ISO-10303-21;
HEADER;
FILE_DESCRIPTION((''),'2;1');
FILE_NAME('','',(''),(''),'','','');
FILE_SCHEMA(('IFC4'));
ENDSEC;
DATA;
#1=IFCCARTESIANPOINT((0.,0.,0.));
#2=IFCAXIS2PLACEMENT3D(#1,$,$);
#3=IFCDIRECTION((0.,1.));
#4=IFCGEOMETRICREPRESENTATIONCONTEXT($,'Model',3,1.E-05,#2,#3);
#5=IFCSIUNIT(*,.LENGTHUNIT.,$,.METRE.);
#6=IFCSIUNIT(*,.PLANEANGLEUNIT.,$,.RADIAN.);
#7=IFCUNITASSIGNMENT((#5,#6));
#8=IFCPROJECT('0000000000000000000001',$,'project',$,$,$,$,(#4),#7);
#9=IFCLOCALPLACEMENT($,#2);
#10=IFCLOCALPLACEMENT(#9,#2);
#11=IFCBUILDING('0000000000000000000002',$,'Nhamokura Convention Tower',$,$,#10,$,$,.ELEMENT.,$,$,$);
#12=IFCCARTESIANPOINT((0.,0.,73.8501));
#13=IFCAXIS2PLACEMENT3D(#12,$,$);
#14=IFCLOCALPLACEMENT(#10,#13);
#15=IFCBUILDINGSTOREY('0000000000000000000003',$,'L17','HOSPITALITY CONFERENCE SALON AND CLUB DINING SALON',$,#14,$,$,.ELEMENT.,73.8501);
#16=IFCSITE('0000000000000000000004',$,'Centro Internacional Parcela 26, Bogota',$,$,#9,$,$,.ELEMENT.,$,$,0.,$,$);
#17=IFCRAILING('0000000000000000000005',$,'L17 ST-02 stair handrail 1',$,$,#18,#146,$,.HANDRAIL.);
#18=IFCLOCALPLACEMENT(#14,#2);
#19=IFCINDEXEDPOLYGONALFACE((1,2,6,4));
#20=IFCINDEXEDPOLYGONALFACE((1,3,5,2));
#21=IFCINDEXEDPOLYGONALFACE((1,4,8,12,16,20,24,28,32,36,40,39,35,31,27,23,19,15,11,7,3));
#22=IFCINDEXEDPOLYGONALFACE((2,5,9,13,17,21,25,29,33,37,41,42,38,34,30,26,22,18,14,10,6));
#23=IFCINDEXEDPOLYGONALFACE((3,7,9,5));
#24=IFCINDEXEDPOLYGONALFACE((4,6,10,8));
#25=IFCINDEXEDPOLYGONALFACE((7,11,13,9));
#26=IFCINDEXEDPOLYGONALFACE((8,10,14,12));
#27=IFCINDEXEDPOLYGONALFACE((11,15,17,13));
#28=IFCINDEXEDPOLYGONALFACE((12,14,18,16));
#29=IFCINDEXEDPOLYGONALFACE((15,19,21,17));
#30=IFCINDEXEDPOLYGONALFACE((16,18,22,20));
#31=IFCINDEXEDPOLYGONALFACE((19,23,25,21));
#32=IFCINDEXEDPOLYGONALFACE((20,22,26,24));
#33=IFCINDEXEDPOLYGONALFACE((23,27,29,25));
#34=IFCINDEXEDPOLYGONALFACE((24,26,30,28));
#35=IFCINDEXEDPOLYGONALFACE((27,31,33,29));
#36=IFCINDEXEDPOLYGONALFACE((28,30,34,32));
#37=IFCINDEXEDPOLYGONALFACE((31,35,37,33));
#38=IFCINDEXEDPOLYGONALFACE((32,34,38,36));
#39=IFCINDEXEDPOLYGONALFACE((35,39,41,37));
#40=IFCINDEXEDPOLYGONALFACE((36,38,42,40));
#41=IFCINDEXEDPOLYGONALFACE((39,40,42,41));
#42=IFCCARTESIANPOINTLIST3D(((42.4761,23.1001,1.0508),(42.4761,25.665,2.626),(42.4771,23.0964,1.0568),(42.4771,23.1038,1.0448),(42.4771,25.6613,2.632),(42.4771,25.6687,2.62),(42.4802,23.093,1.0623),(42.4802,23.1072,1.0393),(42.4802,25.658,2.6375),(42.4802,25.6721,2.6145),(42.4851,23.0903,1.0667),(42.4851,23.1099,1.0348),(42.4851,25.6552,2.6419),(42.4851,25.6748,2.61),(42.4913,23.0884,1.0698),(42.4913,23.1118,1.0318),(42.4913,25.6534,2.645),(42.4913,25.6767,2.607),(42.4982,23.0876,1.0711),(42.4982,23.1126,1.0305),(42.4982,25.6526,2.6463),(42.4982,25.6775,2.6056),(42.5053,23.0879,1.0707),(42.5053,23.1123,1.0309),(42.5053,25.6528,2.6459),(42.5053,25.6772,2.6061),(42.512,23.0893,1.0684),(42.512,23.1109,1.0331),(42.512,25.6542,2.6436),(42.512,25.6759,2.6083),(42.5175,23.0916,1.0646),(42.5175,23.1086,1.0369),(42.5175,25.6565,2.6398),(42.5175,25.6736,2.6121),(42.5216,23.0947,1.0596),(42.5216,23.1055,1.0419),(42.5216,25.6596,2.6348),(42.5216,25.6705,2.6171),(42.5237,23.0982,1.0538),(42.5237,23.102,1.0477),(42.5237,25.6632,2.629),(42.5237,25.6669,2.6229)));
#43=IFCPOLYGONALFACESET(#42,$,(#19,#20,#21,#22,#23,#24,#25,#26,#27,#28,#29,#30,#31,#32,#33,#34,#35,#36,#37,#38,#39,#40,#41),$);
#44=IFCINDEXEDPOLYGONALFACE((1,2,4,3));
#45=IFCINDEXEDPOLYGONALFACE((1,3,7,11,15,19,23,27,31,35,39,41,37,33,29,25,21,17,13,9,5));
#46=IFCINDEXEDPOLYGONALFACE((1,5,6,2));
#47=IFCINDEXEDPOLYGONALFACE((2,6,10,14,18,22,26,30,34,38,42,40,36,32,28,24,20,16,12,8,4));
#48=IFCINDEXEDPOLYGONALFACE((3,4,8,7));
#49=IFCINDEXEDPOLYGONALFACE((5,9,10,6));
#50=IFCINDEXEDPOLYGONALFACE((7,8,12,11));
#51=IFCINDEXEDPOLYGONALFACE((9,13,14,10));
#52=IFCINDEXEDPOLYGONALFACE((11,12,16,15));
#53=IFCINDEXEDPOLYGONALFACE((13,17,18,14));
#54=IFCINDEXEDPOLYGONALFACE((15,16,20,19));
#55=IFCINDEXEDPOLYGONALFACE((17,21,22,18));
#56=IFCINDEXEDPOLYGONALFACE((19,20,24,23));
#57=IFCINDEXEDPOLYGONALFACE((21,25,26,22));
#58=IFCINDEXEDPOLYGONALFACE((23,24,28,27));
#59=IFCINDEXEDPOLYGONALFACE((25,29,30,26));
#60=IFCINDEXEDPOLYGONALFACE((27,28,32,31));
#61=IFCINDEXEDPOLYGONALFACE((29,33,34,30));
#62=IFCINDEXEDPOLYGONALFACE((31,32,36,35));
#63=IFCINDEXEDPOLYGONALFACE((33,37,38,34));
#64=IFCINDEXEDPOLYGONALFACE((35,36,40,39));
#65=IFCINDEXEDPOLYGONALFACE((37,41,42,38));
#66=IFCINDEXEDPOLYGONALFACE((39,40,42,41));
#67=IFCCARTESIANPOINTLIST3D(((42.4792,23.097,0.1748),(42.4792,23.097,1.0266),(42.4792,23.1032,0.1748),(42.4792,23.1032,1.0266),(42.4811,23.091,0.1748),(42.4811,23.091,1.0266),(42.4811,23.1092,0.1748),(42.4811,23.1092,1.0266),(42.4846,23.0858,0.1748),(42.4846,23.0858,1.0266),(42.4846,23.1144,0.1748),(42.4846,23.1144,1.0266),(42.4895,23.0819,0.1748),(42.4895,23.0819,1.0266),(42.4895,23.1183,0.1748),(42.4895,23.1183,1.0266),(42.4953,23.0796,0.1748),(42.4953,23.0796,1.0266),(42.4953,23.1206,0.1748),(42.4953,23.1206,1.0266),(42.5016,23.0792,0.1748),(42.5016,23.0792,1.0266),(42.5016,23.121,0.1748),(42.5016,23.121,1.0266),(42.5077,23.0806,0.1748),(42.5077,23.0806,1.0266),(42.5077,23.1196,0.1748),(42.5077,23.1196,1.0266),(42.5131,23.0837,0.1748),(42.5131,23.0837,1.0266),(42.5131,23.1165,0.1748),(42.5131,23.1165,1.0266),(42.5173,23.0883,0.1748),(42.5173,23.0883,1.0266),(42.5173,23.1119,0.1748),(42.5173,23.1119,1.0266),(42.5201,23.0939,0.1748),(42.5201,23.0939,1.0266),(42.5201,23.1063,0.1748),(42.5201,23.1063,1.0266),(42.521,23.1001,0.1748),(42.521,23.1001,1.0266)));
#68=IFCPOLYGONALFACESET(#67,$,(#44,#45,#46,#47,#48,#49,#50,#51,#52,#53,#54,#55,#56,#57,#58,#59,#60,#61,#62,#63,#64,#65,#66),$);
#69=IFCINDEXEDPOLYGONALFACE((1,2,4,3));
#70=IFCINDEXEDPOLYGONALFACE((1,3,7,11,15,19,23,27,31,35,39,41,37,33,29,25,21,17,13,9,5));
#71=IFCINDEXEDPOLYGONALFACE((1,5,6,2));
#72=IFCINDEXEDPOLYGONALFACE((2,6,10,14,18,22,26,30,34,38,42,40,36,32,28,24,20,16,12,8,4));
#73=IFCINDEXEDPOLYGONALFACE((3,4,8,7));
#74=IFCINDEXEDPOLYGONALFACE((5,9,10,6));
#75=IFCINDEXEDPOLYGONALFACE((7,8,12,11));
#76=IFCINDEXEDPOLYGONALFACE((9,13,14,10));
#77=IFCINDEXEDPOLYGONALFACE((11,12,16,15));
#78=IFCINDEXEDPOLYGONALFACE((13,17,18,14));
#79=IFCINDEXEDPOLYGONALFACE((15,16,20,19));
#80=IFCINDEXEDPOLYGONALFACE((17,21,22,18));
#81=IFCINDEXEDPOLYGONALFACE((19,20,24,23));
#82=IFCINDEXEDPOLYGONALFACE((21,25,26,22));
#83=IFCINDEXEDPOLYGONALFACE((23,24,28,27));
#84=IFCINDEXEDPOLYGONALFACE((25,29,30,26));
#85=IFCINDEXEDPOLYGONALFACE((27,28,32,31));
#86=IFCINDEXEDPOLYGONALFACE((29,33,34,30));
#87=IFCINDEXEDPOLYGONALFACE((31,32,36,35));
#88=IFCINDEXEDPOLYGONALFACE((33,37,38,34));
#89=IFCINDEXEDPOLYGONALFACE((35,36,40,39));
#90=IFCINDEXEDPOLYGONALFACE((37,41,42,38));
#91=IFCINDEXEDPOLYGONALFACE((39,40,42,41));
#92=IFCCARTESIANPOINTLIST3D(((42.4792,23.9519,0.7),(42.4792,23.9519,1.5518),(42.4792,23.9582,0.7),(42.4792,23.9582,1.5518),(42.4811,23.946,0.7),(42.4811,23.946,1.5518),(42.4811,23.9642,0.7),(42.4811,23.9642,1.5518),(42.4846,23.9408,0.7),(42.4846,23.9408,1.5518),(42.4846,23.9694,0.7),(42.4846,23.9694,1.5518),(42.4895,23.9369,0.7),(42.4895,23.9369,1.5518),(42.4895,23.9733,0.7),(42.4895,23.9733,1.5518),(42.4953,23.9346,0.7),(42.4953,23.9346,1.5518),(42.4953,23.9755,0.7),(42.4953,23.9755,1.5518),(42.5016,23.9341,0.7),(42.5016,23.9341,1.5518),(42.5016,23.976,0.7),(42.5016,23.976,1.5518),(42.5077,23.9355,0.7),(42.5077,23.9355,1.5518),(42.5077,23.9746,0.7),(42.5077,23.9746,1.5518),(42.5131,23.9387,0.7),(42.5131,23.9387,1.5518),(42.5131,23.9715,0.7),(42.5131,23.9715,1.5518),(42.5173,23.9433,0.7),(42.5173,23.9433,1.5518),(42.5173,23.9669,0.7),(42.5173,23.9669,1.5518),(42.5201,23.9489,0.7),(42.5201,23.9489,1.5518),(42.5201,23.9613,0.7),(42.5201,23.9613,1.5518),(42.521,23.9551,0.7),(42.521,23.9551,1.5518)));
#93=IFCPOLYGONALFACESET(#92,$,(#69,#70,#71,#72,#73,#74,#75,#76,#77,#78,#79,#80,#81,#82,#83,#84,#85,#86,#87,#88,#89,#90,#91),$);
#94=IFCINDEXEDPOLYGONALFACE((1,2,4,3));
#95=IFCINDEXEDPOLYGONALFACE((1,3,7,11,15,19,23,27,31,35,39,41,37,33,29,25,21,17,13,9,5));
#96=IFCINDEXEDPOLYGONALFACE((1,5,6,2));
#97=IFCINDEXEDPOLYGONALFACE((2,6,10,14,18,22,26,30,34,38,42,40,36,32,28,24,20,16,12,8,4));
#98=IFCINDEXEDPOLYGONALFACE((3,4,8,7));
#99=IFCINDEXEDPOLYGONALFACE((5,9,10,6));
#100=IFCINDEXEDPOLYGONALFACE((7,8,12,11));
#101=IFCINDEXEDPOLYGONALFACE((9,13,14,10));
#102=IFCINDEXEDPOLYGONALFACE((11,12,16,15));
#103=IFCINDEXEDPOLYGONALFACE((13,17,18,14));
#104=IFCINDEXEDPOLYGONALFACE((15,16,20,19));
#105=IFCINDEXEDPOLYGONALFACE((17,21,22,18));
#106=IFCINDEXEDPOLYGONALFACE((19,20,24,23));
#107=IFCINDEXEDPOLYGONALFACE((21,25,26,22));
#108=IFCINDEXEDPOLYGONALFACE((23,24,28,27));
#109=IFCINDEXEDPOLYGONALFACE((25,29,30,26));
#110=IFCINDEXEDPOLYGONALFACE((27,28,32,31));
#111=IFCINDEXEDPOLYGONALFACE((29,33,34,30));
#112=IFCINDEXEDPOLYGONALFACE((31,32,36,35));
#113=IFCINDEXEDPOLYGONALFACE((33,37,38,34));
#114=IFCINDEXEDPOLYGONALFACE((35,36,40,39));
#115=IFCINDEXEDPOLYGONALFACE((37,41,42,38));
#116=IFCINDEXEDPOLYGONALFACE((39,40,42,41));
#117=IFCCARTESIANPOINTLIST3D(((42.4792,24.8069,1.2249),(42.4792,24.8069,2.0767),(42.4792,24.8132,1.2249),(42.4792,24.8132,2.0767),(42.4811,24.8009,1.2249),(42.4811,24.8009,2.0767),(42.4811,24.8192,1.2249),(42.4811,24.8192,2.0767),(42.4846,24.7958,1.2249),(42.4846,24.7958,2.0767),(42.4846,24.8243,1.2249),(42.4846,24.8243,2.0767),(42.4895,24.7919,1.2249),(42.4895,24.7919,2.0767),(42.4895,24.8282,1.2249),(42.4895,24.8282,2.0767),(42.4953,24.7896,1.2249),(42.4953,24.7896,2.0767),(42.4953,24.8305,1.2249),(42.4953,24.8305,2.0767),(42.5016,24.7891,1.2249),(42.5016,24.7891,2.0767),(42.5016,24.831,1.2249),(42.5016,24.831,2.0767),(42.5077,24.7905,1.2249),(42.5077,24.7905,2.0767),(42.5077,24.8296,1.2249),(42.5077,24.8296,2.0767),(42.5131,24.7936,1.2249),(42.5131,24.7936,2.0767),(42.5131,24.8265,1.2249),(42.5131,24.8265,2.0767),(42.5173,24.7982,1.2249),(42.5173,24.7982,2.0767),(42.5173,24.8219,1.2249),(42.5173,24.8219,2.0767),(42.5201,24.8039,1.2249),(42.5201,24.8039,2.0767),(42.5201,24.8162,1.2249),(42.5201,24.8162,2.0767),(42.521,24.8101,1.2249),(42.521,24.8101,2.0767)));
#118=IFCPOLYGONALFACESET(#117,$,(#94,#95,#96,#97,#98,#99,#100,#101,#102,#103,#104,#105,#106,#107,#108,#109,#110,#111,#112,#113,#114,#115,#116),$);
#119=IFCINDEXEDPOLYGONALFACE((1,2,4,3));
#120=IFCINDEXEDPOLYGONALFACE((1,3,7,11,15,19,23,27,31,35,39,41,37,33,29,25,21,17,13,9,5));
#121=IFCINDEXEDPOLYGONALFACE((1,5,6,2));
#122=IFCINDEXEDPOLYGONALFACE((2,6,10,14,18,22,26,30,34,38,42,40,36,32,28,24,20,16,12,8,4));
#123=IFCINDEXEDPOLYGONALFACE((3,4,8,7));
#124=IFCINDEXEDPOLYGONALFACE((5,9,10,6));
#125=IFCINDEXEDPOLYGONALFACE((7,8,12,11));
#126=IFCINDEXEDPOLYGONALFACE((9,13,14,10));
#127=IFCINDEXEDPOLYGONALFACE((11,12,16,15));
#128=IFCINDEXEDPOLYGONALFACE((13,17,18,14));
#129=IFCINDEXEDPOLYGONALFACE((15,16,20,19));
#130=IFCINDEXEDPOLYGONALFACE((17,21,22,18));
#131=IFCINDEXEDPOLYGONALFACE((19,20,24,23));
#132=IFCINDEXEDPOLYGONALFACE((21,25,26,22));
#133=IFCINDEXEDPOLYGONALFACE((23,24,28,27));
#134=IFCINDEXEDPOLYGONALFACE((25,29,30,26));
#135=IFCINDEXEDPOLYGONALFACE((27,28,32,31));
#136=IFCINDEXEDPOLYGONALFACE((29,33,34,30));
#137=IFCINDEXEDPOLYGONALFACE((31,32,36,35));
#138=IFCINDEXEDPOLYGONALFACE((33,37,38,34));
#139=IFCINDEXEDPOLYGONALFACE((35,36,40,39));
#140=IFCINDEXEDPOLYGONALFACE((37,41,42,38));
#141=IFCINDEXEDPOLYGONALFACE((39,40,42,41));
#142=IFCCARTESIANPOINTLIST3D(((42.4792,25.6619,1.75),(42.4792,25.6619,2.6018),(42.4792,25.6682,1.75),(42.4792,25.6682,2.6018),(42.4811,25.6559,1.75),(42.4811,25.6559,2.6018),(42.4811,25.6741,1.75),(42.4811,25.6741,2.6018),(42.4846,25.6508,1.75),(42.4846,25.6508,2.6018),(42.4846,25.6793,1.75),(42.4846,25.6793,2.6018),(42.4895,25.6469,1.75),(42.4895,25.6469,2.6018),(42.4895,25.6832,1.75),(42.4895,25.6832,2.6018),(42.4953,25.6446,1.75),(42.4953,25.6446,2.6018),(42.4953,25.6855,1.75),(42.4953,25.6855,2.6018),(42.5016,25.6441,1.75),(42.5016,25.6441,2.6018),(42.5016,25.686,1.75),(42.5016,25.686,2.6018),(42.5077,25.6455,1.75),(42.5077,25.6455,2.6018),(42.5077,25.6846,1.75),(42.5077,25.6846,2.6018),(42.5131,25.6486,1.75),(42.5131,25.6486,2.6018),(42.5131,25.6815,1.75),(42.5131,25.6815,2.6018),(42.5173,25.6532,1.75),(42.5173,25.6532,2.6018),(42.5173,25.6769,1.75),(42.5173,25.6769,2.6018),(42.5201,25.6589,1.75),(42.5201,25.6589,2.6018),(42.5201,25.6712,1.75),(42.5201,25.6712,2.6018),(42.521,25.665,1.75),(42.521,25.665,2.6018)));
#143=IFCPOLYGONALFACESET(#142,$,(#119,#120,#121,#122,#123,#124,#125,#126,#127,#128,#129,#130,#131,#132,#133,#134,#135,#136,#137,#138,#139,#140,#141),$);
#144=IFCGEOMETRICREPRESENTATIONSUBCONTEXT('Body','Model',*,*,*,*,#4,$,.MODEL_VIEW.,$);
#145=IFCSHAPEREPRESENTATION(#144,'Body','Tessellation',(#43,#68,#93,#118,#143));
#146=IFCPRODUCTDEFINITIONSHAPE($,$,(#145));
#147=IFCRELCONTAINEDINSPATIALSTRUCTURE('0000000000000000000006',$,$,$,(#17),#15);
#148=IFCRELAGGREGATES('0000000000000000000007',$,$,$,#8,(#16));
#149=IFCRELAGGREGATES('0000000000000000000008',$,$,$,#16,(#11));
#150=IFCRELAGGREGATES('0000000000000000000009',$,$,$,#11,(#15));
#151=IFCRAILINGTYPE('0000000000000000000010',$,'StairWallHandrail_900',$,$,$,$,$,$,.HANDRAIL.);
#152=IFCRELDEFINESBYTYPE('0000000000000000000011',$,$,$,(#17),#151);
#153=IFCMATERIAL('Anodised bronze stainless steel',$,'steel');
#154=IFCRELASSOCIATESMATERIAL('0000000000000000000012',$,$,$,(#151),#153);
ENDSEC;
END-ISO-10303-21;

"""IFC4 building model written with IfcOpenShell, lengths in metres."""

from ifc_helpers import new_model, si_unit, direction, frame, origin, origin_2d, place, context, subcontext, project, spatial, circle, extrude, material, type_object, element, save


model = new_model("IFC4")

# Units and contexts
model_context = context("Model", 3, precision=1e-05, world=origin(), true_north=direction((0.0, 1.0)))
body_context = subcontext(model_context, "Body", "Model", "MODEL_VIEW")
ifc_project = project(units=[si_unit("LENGTHUNIT", "METRE"), si_unit("PLANEANGLEUNIT", "RADIAN")], contexts=[model_context])

# Site, building, storey
site_placement = place(None, origin())
site = spatial("IfcSite", under=ifc_project, at=site_placement, Name="Centro Internacional Parcela 26, Bogota", CompositionType="ELEMENT", RefElevation=0.0)
building_placement = place(site_placement, origin())
building = spatial("IfcBuilding", under=site, at=building_placement, Name="Nhamokura Convention Tower", CompositionType="ELEMENT")
storey_placement = place(building_placement, frame((0.0, 0.0, 73.8501)))
storey = spatial("IfcBuildingStorey", under=building, at=storey_placement, Name="L17", Description="HOSPITALITY CONFERENCE SALON AND CLUB DINING SALON", CompositionType="ELEMENT", Elevation=73.8501)

# Railing
ifc_material_1 = material(Name="Anodised bronze stainless steel", Category="steel")
railing_type_1 = type_object("IfcRailingType", Name="StairWallHandrail_900", PredefinedType="HANDRAIL", material=ifc_material_1)
railing_1_placement = place(storey_placement, frame((42.5, 23.1001, 0.1748)))
element("IfcRailing", 1, at=railing_1_placement, inside=storey, type_object=railing_type_1, Name="L17 ST-02 stair handrail 1", PredefinedType="HANDRAIL", context=body_context, shape_type="SweptSolid", body=[
    extrude(circle(Radius=0.0239, at=origin_2d()), frame((0.0, 0.0, 0.876), z_axis=(0.0, 0.852137, 0.523319), x_axis=(-1.0, 0.0, 0.0)), (0.0, 0.0, 1.0), 3.01),
    extrude(circle(Radius=0.021, at=origin_2d()), origin(), (0.0, 0.0, 1.0), 0.8518),
    extrude(circle(Radius=0.021, at=origin_2d()), frame((0.0, 0.855, 0.5251)), (0.0, 0.0, 1.0), 0.8518),
    extrude(circle(Radius=0.021, at=origin_2d()), frame((0.0, 1.71, 1.05)), (0.0, 0.0, 1.0), 0.8518),
    extrude(circle(Radius=0.021, at=origin_2d()), frame((0.0, 2.5649, 1.5752)), (0.0, 0.0, 1.0), 0.8518),
])

save(model, "model.ifc")
